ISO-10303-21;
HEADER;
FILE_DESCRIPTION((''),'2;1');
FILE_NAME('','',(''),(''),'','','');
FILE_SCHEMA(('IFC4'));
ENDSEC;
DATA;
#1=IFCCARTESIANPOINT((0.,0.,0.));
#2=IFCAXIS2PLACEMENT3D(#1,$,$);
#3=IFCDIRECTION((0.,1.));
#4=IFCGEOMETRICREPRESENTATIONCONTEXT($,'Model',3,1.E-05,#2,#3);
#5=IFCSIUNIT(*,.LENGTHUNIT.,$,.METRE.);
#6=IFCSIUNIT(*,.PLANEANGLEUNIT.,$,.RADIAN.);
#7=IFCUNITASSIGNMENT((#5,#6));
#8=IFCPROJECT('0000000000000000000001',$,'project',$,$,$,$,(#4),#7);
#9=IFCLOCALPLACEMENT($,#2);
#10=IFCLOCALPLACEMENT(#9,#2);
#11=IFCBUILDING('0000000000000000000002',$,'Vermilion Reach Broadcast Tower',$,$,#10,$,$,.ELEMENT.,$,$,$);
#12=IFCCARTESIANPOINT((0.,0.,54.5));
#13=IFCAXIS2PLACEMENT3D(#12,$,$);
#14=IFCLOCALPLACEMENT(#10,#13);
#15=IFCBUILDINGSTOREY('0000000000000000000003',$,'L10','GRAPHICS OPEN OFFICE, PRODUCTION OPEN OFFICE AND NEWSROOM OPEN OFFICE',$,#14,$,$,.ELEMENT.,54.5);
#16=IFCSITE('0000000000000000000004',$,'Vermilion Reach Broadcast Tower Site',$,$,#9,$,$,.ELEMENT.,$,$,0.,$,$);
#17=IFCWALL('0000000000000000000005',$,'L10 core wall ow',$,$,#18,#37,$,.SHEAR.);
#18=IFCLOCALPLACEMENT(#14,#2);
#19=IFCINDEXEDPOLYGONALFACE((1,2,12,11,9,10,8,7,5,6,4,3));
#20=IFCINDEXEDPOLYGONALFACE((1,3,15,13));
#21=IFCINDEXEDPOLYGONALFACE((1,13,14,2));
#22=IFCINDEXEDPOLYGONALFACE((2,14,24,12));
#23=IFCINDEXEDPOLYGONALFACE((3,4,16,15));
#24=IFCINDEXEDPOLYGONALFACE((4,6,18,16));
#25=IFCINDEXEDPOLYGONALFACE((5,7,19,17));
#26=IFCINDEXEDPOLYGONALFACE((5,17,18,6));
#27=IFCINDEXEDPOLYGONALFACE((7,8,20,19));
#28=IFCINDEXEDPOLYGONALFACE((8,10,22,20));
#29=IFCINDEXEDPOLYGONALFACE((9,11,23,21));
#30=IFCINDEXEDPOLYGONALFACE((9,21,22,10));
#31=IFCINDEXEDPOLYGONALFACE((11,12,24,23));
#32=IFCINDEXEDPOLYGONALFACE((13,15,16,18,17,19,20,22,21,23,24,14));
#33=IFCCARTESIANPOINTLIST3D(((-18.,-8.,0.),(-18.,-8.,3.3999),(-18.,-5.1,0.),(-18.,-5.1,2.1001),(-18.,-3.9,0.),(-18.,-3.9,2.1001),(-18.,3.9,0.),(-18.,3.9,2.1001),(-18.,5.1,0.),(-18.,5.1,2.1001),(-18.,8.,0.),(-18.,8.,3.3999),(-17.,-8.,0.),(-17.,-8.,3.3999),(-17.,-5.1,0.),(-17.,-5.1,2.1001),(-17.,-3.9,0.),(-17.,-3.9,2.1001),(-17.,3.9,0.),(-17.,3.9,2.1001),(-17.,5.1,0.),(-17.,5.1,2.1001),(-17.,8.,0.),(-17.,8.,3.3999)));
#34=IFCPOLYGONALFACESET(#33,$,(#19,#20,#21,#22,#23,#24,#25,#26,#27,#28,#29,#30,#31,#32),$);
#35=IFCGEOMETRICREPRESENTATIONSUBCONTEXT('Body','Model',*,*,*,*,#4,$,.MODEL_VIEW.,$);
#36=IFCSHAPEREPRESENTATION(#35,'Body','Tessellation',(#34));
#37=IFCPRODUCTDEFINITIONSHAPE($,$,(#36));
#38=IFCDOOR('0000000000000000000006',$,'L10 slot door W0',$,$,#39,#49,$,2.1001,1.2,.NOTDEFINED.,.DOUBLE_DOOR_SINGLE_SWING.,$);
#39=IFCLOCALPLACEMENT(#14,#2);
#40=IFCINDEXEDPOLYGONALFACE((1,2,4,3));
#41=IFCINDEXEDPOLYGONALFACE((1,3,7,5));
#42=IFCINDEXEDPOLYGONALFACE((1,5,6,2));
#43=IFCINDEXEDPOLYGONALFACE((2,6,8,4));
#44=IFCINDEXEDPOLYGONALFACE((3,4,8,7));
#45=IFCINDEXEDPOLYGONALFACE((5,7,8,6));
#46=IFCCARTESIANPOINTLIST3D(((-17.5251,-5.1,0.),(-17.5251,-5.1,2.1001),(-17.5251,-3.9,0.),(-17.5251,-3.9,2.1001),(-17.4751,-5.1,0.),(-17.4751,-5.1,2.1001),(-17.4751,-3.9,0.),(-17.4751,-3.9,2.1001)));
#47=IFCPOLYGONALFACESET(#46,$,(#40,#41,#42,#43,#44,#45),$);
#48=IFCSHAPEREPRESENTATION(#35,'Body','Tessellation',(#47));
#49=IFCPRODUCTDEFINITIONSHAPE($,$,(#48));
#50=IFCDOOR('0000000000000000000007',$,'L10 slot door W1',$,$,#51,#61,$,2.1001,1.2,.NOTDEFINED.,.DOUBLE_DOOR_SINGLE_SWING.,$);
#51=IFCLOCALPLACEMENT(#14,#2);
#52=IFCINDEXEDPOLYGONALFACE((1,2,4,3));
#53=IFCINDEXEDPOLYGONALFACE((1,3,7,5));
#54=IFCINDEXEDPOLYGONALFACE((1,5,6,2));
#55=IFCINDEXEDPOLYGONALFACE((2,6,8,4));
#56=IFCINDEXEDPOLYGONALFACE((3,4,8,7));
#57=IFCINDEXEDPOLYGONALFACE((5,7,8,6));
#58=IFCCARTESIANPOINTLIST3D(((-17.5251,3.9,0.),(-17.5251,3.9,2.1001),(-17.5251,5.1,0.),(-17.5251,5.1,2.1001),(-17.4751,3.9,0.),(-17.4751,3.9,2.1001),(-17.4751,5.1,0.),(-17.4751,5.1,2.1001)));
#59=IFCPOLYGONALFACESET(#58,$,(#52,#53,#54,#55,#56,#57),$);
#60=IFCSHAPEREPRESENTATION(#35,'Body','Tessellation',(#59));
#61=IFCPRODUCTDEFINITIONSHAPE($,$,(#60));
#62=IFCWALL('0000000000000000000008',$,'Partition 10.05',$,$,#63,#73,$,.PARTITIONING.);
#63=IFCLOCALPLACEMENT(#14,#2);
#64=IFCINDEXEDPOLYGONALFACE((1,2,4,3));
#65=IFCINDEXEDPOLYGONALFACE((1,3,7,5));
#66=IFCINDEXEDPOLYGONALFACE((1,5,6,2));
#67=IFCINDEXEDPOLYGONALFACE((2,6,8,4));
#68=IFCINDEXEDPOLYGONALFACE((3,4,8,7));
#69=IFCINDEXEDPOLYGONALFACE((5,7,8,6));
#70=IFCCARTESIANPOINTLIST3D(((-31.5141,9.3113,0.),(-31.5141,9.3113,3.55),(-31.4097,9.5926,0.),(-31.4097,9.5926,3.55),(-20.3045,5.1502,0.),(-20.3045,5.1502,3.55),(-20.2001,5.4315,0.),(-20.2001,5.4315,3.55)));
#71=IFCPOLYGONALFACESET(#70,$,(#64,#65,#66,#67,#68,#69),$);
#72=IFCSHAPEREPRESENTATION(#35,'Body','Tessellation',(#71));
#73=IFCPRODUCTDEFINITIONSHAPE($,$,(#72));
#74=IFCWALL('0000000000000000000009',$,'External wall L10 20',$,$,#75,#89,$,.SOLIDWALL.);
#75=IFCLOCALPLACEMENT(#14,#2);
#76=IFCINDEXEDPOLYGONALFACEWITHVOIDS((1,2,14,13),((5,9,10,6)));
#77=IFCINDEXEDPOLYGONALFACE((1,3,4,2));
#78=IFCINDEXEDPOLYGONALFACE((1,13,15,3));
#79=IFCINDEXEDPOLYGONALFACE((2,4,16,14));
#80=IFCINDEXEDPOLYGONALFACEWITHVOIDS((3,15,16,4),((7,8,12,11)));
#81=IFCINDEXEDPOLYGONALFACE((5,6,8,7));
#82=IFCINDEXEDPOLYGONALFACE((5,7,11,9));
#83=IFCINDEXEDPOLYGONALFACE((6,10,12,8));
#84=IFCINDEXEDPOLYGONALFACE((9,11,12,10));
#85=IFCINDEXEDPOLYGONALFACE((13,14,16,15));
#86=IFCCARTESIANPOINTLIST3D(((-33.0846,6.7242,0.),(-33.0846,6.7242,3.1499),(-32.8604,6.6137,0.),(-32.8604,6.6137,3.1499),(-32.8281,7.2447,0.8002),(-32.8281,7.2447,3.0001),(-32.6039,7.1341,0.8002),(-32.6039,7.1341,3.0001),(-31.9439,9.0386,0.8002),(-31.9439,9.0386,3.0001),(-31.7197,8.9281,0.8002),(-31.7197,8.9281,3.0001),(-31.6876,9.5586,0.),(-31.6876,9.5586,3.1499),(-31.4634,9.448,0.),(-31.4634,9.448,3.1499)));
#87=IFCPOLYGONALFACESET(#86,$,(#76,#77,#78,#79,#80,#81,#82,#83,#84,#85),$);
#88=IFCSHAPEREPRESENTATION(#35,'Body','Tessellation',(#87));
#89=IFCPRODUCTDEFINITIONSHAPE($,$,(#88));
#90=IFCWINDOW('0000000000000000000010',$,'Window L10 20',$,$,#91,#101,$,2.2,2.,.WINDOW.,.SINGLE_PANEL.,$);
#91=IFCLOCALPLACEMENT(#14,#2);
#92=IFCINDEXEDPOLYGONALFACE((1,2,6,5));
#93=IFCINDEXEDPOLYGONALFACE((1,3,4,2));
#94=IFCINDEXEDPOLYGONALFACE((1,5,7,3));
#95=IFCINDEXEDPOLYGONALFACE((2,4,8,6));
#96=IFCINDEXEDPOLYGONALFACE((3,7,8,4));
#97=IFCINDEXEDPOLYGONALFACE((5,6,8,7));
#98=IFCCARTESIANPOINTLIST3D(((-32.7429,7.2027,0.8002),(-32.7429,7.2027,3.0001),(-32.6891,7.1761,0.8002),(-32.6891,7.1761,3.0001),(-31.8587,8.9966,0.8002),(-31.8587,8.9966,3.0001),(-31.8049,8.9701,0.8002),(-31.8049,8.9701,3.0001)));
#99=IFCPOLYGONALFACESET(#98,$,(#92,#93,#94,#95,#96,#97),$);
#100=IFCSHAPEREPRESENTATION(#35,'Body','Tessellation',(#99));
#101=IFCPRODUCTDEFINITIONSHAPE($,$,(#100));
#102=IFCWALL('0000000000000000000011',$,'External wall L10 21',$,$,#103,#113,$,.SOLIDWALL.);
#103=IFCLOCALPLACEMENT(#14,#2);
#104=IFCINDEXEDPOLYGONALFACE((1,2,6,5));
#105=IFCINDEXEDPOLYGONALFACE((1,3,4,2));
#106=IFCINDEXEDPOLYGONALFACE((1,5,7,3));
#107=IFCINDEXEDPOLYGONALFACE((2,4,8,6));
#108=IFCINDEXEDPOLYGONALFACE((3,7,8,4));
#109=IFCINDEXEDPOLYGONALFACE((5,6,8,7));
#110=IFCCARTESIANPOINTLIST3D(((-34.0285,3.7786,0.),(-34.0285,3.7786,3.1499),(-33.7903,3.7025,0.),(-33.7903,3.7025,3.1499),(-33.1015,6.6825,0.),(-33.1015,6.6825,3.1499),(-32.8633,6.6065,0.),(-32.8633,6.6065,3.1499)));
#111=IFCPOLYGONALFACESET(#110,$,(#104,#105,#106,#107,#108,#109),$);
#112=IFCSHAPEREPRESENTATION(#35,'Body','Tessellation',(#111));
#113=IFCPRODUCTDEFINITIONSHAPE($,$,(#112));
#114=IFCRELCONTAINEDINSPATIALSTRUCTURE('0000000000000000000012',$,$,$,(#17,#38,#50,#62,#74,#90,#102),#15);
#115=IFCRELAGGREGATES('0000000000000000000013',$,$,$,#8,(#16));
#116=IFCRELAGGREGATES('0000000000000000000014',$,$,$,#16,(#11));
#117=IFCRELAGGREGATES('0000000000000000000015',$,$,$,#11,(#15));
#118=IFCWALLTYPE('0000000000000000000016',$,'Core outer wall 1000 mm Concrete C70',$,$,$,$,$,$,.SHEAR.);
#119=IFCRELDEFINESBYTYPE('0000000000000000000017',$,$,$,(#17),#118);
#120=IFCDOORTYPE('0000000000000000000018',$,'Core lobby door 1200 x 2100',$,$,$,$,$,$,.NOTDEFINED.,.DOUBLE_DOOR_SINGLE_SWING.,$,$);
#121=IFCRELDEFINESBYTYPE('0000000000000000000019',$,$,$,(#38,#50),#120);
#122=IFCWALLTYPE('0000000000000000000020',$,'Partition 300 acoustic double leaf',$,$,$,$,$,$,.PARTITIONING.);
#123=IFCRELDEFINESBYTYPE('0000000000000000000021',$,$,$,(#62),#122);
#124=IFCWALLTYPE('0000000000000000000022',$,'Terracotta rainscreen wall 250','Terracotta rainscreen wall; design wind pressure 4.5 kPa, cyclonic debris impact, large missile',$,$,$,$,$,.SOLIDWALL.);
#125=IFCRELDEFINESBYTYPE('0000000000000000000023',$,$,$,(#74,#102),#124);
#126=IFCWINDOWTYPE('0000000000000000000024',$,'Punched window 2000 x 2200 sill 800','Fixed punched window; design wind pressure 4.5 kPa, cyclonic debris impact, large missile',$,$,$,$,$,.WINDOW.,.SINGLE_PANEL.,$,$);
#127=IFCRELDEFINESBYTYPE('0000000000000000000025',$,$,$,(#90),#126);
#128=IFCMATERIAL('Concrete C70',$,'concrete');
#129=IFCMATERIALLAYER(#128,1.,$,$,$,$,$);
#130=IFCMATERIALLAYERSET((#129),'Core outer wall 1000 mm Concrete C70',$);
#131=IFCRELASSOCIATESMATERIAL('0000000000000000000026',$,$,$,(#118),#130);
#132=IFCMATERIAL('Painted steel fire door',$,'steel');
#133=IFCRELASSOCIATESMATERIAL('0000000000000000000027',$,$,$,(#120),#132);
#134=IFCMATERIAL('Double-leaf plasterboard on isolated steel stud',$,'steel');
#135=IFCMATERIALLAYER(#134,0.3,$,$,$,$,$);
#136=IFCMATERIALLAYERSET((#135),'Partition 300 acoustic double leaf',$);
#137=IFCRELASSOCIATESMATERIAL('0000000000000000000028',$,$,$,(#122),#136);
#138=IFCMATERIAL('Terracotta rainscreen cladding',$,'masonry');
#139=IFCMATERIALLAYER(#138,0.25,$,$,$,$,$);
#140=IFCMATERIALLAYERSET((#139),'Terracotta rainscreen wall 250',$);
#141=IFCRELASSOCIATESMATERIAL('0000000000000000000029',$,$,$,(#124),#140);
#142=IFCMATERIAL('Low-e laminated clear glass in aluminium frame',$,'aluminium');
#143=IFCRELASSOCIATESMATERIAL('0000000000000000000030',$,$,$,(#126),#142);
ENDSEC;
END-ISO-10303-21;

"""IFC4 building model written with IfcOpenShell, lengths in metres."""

from ifc_helpers import new_model, si_unit, direction, frame, frame_2d, origin, place, context, subcontext, project, spatial, rectangle, extrude, material, layer, layer_set, type_object, element, fill, save


model = new_model("IFC4")

# Units and contexts
model_context = context("Model", 3, precision=1e-05, world=origin(), true_north=direction((0.0, 1.0)))
body_context = subcontext(model_context, "Body", "Model", "MODEL_VIEW")
ifc_project = project(units=[si_unit("LENGTHUNIT", "METRE"), si_unit("PLANEANGLEUNIT", "RADIAN")], contexts=[model_context])

# Site, building, storey
site_placement = place(None, origin())
site = spatial("IfcSite", under=ifc_project, at=site_placement, Name="Vermilion Reach Broadcast Tower Site", CompositionType="ELEMENT", RefElevation=0.0)
building_placement = place(site_placement, origin())
building = spatial("IfcBuilding", under=site, at=building_placement, Name="Vermilion Reach Broadcast Tower", CompositionType="ELEMENT")
storey_placement = place(building_placement, frame((0.0, 0.0, 54.5)))
storey = spatial("IfcBuildingStorey", under=building, at=storey_placement, Name="L10", Description="GRAPHICS OPEN OFFICE, PRODUCTION OPEN OFFICE AND NEWSROOM OPEN OFFICE", CompositionType="ELEMENT", Elevation=54.5)

# Wall, openings, doors
ifc_material_1 = material(Name="Concrete C70", Category="concrete")
ifc_layer_1 = layer(ifc_material_1, 1.0)
ifc_layer_set_1 = layer_set([ifc_layer_1], Name="Core outer wall 1000 mm Concrete C70")
wall_type_1 = type_object("IfcWallType", Name="Core outer wall 1000 mm Concrete C70", PredefinedType="SHEAR", material=ifc_layer_set_1)
wall_1_placement = place(storey_placement, frame((-17.5, 8.0, 0.0), z_axis=(0.0, 0.0, 1.0), x_axis=(0.0, -1.0, 0.0)))
wall_1 = element("IfcWall", 1, at=wall_1_placement, inside=storey, type_object=wall_type_1, Name="L10 core wall ow", PredefinedType="SHEAR", context=body_context, shape_type="SweptSolid", body=[
    extrude(rectangle(XDim=16.0, YDim=1.0, at=frame_2d((8.0, 0.0))), origin(), (0.0, 0.0, 1.0), 3.3999),
])
opening_1_placement = place(wall_1_placement, frame((11.8999, 0.0, 0.0)))
opening_1 = element("IfcOpeningElement", 2, at=opening_1_placement, cuts=wall_1, PredefinedType="OPENING", context=body_context, shape_type="SweptSolid", body=[
    extrude(rectangle(XDim=1.2, YDim=2.1001, at=frame_2d((0.6001, 1.05))), frame((0.0, 0.51, 0.0), z_axis=(0.0, -1.0, 0.0), x_axis=(1.0, 0.0, 0.0)), (0.0, 0.0, 1.0), 1.02),
])
opening_2_placement = place(wall_1_placement, frame((2.8999, 0.0, 0.0)))
opening_2 = element("IfcOpeningElement", 3, at=opening_2_placement, cuts=wall_1, PredefinedType="OPENING", context=body_context, shape_type="SweptSolid", body=[
    extrude(rectangle(XDim=1.2, YDim=2.1001, at=frame_2d((0.6001, 1.05))), frame((0.0, 0.51, 0.0), z_axis=(0.0, -1.0, 0.0), x_axis=(1.0, 0.0, 0.0)), (0.0, 0.0, 1.0), 1.02),
])
ifc_material_2 = material(Name="Painted steel fire door", Category="steel")
door_type_1 = type_object("IfcDoorType", Name="Core lobby door 1200 x 2100", OperationType="DOUBLE_DOOR_SINGLE_SWING", PredefinedType="NOTDEFINED", material=ifc_material_2)
door_1_placement = place(opening_1_placement, origin())
door_1 = element("IfcDoor", 4, at=door_1_placement, inside=storey, type_object=door_type_1, Name="L10 slot door W0", OperationType="DOUBLE_DOOR_SINGLE_SWING", OverallHeight=2.1001, OverallWidth=1.2, PredefinedType="NOTDEFINED", context=body_context, shape_type="SweptSolid", body=[
    extrude(rectangle(XDim=1.2, YDim=2.1001, at=frame_2d((0.6001, 1.05))), frame((0.0, 0.0249, 0.0), z_axis=(0.0, -1.0, 0.0), x_axis=(1.0, 0.0, 0.0)), (0.0, 0.0, 1.0), 0.05),
])
fill(opening_1, door_1)
door_2_placement = place(opening_2_placement, origin())
door_2 = element("IfcDoor", 5, at=door_2_placement, inside=storey, type_object=door_type_1, Name="L10 slot door W1", OperationType="DOUBLE_DOOR_SINGLE_SWING", OverallHeight=2.1001, OverallWidth=1.2, PredefinedType="NOTDEFINED", context=body_context, shape_type="SweptSolid", body=[
    extrude(rectangle(XDim=1.2, YDim=2.1001, at=frame_2d((0.6001, 1.05))), frame((0.0, 0.0249, 0.0), z_axis=(0.0, -1.0, 0.0), x_axis=(1.0, 0.0, 0.0)), (0.0, 0.0, 1.0), 0.05),
])
fill(opening_2, door_2)

# Wall
ifc_material_3 = material(Name="Double-leaf plasterboard on isolated steel stud", Category="steel")
ifc_layer_2 = layer(ifc_material_3, 0.3)
ifc_layer_set_2 = layer_set([ifc_layer_2], Name="Partition 300 acoustic double leaf")
wall_type_2 = type_object("IfcWallType", Name="Partition 300 acoustic double leaf", PredefinedType="PARTITIONING", material=ifc_layer_set_2)
wall_2_placement = place(storey_placement, frame((-31.4619, 9.4519, 0.0), z_axis=(0.0, 0.0, 1.0), x_axis=(0.937493, -0.348005, 0.0)))
element("IfcWall", 6, at=wall_2_placement, inside=storey, type_object=wall_type_2, Name="Partition 10.05", PredefinedType="PARTITIONING", context=body_context, shape_type="SweptSolid", body=[
    extrude(rectangle(XDim=11.957, YDim=0.3, at=frame_2d((5.9785, 0.0))), origin(), (0.0, 0.0, 1.0), 3.55),
])

# Wall, opening, window
ifc_material_4 = material(Name="Terracotta rainscreen cladding", Category="masonry")
ifc_layer_3 = layer(ifc_material_4, 0.25)
ifc_layer_set_3 = layer_set([ifc_layer_3], Name="Terracotta rainscreen wall 250")
wall_type_3 = type_object("IfcWallType", Name="Terracotta rainscreen wall 250", Description="Terracotta rainscreen wall; design wind pressure 4.5 kPa, cyclonic debris impact, large missile", PredefinedType="SOLIDWALL", material=ifc_layer_set_3)
wall_3_placement = place(storey_placement, frame((-31.5754, 9.5034, 0.0), z_axis=(0.0, 0.0, 1.0), x_axis=(-0.442107, -0.896962, 0.0)))
wall_3 = element("IfcWall", 7, at=wall_3_placement, inside=storey, type_object=wall_type_3, Name="External wall L10 20", PredefinedType="SOLIDWALL", context=body_context, shape_type="SweptSolid", body=[
    extrude(rectangle(XDim=3.1599, YDim=0.25, at=frame_2d((1.5801, 0.0))), origin(), (0.0, 0.0, 1.0), 3.1499),
])
opening_3_placement = place(wall_3_placement, frame((0.5798, 0.0, 0.8)))
opening_3 = element("IfcOpeningElement", 8, at=opening_3_placement, cuts=wall_3, PredefinedType="OPENING", context=body_context, shape_type="SweptSolid", body=[
    extrude(rectangle(XDim=2.0, YDim=2.2, at=frame_2d((1.0, 1.1001))), frame((0.0, 0.135, 0.0), z_axis=(0.0, -1.0, 0.0), x_axis=(1.0, 0.0, 0.0)), (0.0, 0.0, 1.0), 0.27),
])
ifc_material_5 = material(Name="Low-e laminated clear glass in aluminium frame", Category="aluminium")
window_type = type_object("IfcWindowType", Name="Punched window 2000 x 2200 sill 800", Description="Fixed punched window; design wind pressure 4.5 kPa, cyclonic debris impact, large missile", PartitioningType="SINGLE_PANEL", PredefinedType="WINDOW", material=ifc_material_5)
window_placement = place(opening_3_placement, origin())
window = element("IfcWindow", 9, at=window_placement, inside=storey, type_object=window_type, Name="Window L10 20", OverallHeight=2.2, OverallWidth=2.0, PartitioningType="SINGLE_PANEL", PredefinedType="WINDOW", context=body_context, shape_type="SweptSolid", body=[
    extrude(rectangle(XDim=2.0, YDim=2.2, at=frame_2d((1.0, 1.1001))), frame((0.0, 0.03, 0.0), z_axis=(0.0, -1.0, 0.0), x_axis=(1.0, 0.0, 0.0)), (0.0, 0.0, 1.0), 0.0601),
])
fill(opening_3, window)

# Wall
wall_4_placement = place(storey_placement, frame((-32.9824, 6.6445, 0.0), z_axis=(0.0, 0.0, 1.0), x_axis=(-0.304093, -0.952642, 0.0)))
element("IfcWall", 10, at=wall_4_placement, inside=storey, type_object=wall_type_3, Name="External wall L10 21", PredefinedType="SOLIDWALL", context=body_context, shape_type="SweptSolid", body=[
    extrude(rectangle(XDim=3.0483, YDim=0.25, at=frame_2d((1.5242, 0.0))), origin(), (0.0, 0.0, 1.0), 3.1499),
])

save(model, "model.ifc")
